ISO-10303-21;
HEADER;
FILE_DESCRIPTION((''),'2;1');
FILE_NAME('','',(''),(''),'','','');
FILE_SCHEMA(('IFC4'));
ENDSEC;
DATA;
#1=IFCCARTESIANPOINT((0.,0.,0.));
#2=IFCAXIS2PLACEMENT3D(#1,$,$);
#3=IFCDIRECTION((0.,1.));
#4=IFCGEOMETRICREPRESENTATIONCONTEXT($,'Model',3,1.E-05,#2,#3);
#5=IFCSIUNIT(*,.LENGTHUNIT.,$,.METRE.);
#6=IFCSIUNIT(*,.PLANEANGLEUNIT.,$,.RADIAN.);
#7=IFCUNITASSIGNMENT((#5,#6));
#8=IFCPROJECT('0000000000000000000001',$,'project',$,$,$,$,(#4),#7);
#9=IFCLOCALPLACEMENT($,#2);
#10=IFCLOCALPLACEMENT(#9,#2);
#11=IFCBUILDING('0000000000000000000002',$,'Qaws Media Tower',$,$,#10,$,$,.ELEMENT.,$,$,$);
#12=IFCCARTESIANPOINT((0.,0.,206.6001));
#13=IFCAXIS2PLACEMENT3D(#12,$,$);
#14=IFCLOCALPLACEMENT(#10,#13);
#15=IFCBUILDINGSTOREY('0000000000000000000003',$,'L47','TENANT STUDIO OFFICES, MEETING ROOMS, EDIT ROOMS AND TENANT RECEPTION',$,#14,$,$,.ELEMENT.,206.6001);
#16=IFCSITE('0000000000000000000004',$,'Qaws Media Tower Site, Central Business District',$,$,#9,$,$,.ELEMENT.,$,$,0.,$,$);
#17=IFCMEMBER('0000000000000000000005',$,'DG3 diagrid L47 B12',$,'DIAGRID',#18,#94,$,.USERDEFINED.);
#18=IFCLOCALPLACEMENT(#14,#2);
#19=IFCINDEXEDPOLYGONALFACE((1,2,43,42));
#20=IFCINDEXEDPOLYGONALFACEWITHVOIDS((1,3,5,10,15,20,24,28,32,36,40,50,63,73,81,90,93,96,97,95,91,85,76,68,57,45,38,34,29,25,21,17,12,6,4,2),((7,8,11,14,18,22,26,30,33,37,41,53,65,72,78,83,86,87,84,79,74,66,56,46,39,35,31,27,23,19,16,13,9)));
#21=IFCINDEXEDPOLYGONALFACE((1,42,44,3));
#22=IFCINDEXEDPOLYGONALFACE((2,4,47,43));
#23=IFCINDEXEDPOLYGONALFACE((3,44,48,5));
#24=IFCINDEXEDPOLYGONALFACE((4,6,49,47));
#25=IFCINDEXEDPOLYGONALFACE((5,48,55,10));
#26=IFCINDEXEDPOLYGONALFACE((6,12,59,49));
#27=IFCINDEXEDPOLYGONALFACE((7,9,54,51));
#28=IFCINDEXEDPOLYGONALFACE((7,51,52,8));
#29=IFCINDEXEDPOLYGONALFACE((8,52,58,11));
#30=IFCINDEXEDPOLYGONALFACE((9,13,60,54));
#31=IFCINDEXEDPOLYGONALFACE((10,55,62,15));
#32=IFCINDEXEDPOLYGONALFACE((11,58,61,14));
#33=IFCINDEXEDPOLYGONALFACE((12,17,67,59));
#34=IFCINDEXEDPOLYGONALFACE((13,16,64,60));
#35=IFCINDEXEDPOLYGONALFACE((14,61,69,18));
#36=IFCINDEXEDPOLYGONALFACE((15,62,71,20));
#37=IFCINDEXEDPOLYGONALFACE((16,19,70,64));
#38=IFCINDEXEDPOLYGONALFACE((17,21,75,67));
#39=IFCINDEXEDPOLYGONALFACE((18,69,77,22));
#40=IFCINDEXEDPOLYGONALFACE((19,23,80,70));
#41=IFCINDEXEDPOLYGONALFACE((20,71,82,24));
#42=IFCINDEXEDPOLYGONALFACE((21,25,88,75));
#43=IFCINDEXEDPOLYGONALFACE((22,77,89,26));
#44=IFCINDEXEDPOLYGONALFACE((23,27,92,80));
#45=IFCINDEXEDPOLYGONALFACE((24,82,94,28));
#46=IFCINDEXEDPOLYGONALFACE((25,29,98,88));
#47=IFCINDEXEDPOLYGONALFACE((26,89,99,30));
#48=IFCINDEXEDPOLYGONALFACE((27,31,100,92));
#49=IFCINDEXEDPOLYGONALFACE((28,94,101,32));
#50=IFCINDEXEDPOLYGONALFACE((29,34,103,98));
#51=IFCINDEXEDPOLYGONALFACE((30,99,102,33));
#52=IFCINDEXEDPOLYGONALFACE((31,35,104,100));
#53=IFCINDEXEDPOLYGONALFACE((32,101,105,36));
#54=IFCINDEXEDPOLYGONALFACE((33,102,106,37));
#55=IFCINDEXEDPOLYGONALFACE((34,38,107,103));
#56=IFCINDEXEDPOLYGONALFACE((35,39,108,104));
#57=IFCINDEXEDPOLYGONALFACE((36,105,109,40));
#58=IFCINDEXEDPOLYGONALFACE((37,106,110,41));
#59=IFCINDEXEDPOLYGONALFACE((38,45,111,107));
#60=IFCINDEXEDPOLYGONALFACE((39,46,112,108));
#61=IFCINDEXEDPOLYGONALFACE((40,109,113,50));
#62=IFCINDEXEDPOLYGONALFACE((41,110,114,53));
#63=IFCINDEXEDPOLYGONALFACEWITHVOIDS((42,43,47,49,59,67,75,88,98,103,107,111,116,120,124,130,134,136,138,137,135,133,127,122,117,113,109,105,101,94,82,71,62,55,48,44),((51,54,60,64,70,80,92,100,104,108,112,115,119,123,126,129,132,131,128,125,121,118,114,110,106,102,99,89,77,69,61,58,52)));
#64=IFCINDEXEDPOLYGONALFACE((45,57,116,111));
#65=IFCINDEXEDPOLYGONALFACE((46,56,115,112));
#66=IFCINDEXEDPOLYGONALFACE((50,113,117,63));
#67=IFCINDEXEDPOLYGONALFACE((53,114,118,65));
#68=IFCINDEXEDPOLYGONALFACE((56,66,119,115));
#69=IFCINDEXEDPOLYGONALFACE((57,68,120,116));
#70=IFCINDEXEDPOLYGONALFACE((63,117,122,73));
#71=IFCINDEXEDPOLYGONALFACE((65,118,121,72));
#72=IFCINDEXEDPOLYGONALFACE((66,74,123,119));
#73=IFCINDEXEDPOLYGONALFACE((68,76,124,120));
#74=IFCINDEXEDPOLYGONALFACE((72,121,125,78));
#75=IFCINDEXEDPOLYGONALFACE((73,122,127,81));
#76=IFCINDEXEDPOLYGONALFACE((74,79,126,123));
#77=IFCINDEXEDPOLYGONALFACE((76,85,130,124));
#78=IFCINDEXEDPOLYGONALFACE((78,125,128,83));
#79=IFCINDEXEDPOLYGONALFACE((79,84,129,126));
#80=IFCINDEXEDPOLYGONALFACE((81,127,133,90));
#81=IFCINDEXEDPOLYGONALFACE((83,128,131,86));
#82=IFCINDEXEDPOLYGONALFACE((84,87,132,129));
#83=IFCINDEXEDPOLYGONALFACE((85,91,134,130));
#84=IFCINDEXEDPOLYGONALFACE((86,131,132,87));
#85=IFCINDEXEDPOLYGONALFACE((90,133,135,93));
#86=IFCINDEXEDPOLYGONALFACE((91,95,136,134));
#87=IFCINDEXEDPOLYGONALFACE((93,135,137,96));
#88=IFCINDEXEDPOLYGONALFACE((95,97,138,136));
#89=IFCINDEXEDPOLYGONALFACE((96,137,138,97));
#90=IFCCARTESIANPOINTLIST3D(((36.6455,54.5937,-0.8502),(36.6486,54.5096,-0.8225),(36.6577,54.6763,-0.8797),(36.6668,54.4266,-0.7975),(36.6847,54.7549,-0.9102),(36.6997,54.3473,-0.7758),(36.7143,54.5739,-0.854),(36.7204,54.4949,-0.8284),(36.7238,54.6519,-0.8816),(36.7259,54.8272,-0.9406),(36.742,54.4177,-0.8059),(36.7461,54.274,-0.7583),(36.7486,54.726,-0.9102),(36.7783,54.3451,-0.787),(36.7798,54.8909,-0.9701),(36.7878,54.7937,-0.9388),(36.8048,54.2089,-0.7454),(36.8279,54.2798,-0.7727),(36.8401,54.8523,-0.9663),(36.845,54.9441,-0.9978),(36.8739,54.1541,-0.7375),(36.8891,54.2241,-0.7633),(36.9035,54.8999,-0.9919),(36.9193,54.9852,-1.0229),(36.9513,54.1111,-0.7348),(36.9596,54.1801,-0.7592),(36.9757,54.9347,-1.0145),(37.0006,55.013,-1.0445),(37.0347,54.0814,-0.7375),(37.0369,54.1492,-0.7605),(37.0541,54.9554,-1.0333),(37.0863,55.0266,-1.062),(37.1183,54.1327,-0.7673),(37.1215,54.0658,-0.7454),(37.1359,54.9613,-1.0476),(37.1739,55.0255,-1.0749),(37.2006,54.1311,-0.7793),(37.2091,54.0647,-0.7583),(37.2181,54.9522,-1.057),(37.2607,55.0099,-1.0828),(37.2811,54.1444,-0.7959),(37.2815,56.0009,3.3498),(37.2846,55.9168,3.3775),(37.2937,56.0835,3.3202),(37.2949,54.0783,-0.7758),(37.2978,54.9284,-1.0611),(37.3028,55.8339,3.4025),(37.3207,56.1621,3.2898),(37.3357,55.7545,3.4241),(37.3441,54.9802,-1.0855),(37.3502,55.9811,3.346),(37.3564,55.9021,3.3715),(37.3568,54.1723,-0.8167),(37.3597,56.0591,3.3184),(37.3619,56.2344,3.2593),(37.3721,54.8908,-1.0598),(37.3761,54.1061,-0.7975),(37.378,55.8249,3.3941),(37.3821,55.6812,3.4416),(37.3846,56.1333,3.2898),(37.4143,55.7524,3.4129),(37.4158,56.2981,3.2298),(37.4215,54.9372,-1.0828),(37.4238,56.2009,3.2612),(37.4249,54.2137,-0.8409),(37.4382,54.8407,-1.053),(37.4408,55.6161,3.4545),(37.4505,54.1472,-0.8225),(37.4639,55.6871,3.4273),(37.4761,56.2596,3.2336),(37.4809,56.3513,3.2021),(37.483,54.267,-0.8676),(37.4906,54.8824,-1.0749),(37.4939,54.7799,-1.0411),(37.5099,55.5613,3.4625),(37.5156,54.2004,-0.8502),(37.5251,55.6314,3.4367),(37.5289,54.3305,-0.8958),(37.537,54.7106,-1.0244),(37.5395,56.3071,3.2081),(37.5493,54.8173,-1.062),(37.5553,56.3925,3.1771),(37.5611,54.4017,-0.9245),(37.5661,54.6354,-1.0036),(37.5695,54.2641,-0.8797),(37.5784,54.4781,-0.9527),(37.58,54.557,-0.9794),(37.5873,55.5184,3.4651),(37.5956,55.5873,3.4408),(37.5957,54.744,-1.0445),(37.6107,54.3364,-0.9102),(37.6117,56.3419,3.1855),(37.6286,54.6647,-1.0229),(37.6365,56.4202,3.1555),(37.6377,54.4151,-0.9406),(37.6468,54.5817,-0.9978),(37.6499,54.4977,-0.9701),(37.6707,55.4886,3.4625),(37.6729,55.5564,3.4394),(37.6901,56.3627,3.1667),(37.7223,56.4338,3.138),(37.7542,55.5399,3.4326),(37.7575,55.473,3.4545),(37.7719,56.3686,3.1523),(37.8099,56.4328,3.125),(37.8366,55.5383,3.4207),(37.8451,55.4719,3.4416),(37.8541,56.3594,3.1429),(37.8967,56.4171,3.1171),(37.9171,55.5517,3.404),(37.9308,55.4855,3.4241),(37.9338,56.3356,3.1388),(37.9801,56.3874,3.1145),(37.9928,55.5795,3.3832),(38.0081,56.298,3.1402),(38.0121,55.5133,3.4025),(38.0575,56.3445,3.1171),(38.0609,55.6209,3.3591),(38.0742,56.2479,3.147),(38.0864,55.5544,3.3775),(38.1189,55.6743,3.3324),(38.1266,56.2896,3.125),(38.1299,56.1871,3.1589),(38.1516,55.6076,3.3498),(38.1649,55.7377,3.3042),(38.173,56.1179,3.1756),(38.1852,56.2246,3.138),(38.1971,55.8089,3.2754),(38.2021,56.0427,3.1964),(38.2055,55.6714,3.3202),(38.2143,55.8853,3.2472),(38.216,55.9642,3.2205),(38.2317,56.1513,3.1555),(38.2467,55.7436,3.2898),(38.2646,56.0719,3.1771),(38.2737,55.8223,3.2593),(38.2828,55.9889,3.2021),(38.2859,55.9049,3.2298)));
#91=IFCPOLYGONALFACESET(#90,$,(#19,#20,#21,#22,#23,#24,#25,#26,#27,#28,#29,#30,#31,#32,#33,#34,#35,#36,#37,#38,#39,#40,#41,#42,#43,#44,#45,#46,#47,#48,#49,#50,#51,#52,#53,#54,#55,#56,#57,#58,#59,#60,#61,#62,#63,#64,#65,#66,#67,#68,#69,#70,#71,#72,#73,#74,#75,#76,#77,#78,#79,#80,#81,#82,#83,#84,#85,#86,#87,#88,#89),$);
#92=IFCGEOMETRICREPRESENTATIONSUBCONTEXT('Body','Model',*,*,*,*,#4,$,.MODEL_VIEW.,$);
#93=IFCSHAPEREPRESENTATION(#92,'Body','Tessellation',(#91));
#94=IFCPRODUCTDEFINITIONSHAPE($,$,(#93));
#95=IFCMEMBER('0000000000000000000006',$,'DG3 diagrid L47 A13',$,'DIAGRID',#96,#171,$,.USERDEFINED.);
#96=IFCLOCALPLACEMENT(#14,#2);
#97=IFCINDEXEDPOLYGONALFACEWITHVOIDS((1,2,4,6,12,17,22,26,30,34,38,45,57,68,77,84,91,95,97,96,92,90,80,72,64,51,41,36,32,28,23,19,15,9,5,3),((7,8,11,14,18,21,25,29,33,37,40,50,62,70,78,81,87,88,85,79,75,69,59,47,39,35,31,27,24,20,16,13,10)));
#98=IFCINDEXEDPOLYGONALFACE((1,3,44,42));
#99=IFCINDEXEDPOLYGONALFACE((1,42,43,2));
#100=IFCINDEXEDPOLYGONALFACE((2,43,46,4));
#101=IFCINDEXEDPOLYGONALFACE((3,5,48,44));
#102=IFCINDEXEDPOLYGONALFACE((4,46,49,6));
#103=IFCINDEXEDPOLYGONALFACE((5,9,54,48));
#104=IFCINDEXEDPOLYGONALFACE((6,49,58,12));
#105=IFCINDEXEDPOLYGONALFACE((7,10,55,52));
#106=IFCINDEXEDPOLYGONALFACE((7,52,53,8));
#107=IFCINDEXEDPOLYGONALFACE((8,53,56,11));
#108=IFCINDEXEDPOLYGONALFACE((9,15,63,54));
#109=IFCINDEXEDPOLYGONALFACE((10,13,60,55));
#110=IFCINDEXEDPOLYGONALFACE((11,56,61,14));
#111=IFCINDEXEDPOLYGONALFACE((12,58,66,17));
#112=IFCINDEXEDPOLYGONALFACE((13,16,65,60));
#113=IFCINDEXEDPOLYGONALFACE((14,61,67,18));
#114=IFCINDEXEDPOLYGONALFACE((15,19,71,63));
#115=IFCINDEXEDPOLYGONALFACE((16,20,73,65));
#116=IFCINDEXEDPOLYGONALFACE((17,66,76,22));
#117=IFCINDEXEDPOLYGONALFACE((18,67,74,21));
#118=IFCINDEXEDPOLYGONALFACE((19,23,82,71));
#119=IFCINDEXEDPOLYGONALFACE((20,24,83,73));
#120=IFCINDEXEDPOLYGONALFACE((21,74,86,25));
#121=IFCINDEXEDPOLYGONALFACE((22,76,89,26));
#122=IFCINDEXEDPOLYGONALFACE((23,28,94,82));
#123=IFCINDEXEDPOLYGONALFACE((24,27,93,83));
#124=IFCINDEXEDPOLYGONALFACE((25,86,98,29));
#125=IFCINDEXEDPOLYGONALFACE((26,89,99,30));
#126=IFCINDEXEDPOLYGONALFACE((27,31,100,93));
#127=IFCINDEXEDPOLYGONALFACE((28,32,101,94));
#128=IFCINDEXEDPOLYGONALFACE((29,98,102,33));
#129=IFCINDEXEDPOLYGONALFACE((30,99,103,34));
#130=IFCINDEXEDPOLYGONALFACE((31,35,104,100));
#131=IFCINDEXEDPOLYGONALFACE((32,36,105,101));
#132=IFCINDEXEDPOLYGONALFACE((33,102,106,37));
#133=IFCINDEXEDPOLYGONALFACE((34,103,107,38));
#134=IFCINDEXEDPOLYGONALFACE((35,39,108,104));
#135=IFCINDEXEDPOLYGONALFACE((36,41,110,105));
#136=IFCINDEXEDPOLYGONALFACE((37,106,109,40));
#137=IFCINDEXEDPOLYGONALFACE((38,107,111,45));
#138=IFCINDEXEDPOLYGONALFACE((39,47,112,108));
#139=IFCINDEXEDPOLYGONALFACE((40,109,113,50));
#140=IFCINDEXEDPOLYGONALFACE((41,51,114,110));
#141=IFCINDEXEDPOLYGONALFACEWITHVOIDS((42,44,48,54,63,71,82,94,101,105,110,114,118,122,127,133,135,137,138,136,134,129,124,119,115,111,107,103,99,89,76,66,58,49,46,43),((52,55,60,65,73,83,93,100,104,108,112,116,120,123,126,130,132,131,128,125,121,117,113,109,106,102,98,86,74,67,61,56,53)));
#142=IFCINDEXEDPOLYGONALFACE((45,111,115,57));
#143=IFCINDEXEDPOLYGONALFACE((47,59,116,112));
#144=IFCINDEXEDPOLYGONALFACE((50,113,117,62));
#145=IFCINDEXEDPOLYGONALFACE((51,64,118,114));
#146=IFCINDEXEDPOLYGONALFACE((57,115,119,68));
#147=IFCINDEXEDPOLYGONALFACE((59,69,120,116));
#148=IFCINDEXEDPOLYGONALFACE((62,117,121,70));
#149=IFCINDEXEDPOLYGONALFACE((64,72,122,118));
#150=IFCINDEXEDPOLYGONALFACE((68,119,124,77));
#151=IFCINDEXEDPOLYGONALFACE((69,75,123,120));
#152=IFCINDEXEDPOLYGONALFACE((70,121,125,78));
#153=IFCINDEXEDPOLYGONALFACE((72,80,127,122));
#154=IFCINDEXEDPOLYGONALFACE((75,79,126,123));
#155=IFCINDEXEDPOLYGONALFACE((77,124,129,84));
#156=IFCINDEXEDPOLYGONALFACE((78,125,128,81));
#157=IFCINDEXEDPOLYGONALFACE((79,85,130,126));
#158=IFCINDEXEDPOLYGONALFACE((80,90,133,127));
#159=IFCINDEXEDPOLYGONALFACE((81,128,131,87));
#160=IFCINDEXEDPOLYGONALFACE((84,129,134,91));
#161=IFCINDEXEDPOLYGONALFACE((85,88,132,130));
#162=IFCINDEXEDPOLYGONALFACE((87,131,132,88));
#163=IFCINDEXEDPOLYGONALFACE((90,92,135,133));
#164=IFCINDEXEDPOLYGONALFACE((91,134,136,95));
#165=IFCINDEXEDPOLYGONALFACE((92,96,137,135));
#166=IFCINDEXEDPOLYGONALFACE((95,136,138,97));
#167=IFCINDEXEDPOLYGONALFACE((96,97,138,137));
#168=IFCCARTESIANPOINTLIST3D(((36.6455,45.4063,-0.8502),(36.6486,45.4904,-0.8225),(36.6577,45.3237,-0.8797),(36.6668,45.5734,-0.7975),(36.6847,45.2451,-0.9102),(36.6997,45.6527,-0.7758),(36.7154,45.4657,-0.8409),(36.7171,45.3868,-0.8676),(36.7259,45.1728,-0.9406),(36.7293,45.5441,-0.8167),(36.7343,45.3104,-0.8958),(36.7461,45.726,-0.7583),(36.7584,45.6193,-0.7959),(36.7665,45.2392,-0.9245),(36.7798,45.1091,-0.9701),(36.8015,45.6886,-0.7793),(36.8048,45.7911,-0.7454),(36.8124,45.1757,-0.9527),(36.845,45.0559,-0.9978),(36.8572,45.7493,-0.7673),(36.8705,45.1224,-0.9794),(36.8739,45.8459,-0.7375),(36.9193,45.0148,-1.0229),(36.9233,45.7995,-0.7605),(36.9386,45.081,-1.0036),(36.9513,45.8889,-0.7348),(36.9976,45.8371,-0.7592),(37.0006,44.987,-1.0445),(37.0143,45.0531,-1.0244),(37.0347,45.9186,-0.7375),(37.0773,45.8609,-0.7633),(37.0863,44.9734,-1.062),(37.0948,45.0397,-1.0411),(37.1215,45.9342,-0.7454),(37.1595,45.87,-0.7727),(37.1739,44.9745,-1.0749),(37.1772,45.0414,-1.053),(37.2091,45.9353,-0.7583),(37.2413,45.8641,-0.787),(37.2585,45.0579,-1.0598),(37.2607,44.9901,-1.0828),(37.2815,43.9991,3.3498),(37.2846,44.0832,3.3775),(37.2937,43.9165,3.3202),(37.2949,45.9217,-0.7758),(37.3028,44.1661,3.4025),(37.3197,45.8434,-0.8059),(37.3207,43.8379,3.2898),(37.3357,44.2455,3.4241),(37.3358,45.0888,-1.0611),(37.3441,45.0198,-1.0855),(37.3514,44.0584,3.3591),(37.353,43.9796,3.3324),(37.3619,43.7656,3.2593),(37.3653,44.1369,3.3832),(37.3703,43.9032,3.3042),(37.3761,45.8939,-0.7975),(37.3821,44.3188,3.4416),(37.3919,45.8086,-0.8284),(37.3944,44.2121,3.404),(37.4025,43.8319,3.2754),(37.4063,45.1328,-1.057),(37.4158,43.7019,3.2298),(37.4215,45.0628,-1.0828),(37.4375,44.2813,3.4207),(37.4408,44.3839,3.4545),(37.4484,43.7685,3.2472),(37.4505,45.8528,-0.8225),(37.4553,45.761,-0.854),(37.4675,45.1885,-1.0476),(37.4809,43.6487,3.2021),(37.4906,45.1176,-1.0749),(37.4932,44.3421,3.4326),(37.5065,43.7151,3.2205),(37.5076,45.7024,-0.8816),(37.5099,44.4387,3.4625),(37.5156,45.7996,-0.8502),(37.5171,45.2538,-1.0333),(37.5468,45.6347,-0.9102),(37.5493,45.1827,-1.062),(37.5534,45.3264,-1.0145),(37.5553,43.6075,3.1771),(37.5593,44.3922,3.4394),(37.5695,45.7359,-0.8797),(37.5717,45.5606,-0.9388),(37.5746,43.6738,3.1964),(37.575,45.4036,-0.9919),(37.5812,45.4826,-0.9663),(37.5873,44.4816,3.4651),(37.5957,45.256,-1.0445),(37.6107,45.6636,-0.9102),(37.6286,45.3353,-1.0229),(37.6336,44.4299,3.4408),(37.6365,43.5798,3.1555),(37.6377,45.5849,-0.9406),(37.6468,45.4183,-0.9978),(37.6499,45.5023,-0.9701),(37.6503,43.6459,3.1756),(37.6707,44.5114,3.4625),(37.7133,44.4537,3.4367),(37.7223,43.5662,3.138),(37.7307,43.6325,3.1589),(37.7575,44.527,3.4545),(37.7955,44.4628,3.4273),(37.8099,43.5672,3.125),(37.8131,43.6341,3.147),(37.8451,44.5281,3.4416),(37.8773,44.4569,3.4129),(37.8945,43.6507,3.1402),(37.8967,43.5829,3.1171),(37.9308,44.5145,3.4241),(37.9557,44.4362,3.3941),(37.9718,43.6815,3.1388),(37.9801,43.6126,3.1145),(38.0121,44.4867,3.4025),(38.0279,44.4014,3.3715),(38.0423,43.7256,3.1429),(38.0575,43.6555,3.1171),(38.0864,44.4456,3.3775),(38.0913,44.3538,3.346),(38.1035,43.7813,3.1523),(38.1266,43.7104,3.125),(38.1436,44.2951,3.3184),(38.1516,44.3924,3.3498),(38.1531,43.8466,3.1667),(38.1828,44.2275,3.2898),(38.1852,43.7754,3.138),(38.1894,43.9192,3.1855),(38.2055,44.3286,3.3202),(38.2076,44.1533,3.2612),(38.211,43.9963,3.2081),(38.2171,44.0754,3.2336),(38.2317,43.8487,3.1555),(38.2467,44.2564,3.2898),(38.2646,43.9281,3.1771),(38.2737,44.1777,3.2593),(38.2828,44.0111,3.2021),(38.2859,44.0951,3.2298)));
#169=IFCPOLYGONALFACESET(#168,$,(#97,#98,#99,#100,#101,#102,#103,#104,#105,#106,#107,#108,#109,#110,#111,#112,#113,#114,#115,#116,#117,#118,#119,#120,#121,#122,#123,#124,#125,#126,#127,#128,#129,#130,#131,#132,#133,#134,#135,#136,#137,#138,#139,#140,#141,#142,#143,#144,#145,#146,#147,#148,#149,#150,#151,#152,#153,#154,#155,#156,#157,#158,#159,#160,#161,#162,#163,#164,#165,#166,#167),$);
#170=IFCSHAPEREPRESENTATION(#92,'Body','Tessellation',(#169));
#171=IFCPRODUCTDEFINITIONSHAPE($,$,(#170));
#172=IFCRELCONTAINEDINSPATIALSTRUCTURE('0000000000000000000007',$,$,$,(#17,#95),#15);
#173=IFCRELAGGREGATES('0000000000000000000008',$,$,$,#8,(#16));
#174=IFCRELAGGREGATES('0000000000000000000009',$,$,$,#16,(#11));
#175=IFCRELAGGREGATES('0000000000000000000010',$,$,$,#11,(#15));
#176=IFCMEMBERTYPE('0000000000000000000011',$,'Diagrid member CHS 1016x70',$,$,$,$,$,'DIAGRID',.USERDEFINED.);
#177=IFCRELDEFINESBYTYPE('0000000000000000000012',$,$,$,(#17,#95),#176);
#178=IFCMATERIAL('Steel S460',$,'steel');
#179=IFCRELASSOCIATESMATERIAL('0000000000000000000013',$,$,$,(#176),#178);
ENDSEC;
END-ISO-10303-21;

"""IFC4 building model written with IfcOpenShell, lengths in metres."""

from ifc_helpers import new_model, si_unit, direction, frame, origin, origin_2d, place, context, subcontext, project, spatial, hollow_circle, extrude, material, material_profile, profile_set, type_object, element, save


model = new_model("IFC4")

# Units and contexts
model_context = context("Model", 3, precision=1e-05, world=origin(), true_north=direction((0.0, 1.0)))
body_context = subcontext(model_context, "Body", "Model", "MODEL_VIEW")
ifc_project = project(units=[si_unit("LENGTHUNIT", "METRE"), si_unit("PLANEANGLEUNIT", "RADIAN")], contexts=[model_context])

# Site, building, storey
site_placement = place(None, origin())
site = spatial("IfcSite", under=ifc_project, at=site_placement, Name="Qaws Media Tower Site, Central Business District", CompositionType="ELEMENT", RefElevation=0.0)
building_placement = place(site_placement, origin())
building = spatial("IfcBuilding", under=site, at=building_placement, Name="Qaws Media Tower", CompositionType="ELEMENT")
storey_placement = place(building_placement, frame((0.0, 0.0, 206.6001)))
storey = spatial("IfcBuildingStorey", under=building, at=storey_placement, Name="L47", Description="TENANT STUDIO OFFICES, MEETING ROOMS, EDIT ROOMS AND TENANT RECEPTION", CompositionType="ELEMENT", Elevation=206.6001)

# Members
ifc_material_1 = material(Name="Steel S460", Category="steel")
ifc_material_profile_1 = material_profile(ifc_material_1, hollow_circle(Radius=0.5081, WallThickness=0.0701, at=origin_2d()), Name="CHS 1016x70")
ifc_profile_set_1 = profile_set([ifc_material_profile_1], Name="Steel S460")
member_type_1 = type_object("IfcMemberType", Name="Diagrid member CHS 1016x70", ElementType="DIAGRID", PredefinedType="USERDEFINED", material=ifc_profile_set_1)
for number, where, z_axis, x_axis, name in (
    (1, (37.1477, 54.5457, -0.9102), (0.142124, 0.314474, 0.938566), (-0.911258, 0.411837, 0.0), "DG3 diagrid L47 B12"),
    (2, (37.1477, 45.4543, -0.9102), (0.142124, -0.314474, 0.938566), (0.911258, 0.411837, 0.0), "DG3 diagrid L47 A13"),
):
    element("IfcMember", number, at=place(storey_placement, frame(where, z_axis=z_axis, x_axis=x_axis)), inside=storey, type_object=member_type_1, Name=name, ObjectType="DIAGRID", PredefinedType="USERDEFINED", context=body_context, shape_type="SweptSolid", body=[
        extrude(hollow_circle(Radius=0.5081, WallThickness=0.0701, at=origin_2d()), origin(), (0.0, 0.0, 1.0), 4.4749),
    ])

save(model, "model.ifc")
